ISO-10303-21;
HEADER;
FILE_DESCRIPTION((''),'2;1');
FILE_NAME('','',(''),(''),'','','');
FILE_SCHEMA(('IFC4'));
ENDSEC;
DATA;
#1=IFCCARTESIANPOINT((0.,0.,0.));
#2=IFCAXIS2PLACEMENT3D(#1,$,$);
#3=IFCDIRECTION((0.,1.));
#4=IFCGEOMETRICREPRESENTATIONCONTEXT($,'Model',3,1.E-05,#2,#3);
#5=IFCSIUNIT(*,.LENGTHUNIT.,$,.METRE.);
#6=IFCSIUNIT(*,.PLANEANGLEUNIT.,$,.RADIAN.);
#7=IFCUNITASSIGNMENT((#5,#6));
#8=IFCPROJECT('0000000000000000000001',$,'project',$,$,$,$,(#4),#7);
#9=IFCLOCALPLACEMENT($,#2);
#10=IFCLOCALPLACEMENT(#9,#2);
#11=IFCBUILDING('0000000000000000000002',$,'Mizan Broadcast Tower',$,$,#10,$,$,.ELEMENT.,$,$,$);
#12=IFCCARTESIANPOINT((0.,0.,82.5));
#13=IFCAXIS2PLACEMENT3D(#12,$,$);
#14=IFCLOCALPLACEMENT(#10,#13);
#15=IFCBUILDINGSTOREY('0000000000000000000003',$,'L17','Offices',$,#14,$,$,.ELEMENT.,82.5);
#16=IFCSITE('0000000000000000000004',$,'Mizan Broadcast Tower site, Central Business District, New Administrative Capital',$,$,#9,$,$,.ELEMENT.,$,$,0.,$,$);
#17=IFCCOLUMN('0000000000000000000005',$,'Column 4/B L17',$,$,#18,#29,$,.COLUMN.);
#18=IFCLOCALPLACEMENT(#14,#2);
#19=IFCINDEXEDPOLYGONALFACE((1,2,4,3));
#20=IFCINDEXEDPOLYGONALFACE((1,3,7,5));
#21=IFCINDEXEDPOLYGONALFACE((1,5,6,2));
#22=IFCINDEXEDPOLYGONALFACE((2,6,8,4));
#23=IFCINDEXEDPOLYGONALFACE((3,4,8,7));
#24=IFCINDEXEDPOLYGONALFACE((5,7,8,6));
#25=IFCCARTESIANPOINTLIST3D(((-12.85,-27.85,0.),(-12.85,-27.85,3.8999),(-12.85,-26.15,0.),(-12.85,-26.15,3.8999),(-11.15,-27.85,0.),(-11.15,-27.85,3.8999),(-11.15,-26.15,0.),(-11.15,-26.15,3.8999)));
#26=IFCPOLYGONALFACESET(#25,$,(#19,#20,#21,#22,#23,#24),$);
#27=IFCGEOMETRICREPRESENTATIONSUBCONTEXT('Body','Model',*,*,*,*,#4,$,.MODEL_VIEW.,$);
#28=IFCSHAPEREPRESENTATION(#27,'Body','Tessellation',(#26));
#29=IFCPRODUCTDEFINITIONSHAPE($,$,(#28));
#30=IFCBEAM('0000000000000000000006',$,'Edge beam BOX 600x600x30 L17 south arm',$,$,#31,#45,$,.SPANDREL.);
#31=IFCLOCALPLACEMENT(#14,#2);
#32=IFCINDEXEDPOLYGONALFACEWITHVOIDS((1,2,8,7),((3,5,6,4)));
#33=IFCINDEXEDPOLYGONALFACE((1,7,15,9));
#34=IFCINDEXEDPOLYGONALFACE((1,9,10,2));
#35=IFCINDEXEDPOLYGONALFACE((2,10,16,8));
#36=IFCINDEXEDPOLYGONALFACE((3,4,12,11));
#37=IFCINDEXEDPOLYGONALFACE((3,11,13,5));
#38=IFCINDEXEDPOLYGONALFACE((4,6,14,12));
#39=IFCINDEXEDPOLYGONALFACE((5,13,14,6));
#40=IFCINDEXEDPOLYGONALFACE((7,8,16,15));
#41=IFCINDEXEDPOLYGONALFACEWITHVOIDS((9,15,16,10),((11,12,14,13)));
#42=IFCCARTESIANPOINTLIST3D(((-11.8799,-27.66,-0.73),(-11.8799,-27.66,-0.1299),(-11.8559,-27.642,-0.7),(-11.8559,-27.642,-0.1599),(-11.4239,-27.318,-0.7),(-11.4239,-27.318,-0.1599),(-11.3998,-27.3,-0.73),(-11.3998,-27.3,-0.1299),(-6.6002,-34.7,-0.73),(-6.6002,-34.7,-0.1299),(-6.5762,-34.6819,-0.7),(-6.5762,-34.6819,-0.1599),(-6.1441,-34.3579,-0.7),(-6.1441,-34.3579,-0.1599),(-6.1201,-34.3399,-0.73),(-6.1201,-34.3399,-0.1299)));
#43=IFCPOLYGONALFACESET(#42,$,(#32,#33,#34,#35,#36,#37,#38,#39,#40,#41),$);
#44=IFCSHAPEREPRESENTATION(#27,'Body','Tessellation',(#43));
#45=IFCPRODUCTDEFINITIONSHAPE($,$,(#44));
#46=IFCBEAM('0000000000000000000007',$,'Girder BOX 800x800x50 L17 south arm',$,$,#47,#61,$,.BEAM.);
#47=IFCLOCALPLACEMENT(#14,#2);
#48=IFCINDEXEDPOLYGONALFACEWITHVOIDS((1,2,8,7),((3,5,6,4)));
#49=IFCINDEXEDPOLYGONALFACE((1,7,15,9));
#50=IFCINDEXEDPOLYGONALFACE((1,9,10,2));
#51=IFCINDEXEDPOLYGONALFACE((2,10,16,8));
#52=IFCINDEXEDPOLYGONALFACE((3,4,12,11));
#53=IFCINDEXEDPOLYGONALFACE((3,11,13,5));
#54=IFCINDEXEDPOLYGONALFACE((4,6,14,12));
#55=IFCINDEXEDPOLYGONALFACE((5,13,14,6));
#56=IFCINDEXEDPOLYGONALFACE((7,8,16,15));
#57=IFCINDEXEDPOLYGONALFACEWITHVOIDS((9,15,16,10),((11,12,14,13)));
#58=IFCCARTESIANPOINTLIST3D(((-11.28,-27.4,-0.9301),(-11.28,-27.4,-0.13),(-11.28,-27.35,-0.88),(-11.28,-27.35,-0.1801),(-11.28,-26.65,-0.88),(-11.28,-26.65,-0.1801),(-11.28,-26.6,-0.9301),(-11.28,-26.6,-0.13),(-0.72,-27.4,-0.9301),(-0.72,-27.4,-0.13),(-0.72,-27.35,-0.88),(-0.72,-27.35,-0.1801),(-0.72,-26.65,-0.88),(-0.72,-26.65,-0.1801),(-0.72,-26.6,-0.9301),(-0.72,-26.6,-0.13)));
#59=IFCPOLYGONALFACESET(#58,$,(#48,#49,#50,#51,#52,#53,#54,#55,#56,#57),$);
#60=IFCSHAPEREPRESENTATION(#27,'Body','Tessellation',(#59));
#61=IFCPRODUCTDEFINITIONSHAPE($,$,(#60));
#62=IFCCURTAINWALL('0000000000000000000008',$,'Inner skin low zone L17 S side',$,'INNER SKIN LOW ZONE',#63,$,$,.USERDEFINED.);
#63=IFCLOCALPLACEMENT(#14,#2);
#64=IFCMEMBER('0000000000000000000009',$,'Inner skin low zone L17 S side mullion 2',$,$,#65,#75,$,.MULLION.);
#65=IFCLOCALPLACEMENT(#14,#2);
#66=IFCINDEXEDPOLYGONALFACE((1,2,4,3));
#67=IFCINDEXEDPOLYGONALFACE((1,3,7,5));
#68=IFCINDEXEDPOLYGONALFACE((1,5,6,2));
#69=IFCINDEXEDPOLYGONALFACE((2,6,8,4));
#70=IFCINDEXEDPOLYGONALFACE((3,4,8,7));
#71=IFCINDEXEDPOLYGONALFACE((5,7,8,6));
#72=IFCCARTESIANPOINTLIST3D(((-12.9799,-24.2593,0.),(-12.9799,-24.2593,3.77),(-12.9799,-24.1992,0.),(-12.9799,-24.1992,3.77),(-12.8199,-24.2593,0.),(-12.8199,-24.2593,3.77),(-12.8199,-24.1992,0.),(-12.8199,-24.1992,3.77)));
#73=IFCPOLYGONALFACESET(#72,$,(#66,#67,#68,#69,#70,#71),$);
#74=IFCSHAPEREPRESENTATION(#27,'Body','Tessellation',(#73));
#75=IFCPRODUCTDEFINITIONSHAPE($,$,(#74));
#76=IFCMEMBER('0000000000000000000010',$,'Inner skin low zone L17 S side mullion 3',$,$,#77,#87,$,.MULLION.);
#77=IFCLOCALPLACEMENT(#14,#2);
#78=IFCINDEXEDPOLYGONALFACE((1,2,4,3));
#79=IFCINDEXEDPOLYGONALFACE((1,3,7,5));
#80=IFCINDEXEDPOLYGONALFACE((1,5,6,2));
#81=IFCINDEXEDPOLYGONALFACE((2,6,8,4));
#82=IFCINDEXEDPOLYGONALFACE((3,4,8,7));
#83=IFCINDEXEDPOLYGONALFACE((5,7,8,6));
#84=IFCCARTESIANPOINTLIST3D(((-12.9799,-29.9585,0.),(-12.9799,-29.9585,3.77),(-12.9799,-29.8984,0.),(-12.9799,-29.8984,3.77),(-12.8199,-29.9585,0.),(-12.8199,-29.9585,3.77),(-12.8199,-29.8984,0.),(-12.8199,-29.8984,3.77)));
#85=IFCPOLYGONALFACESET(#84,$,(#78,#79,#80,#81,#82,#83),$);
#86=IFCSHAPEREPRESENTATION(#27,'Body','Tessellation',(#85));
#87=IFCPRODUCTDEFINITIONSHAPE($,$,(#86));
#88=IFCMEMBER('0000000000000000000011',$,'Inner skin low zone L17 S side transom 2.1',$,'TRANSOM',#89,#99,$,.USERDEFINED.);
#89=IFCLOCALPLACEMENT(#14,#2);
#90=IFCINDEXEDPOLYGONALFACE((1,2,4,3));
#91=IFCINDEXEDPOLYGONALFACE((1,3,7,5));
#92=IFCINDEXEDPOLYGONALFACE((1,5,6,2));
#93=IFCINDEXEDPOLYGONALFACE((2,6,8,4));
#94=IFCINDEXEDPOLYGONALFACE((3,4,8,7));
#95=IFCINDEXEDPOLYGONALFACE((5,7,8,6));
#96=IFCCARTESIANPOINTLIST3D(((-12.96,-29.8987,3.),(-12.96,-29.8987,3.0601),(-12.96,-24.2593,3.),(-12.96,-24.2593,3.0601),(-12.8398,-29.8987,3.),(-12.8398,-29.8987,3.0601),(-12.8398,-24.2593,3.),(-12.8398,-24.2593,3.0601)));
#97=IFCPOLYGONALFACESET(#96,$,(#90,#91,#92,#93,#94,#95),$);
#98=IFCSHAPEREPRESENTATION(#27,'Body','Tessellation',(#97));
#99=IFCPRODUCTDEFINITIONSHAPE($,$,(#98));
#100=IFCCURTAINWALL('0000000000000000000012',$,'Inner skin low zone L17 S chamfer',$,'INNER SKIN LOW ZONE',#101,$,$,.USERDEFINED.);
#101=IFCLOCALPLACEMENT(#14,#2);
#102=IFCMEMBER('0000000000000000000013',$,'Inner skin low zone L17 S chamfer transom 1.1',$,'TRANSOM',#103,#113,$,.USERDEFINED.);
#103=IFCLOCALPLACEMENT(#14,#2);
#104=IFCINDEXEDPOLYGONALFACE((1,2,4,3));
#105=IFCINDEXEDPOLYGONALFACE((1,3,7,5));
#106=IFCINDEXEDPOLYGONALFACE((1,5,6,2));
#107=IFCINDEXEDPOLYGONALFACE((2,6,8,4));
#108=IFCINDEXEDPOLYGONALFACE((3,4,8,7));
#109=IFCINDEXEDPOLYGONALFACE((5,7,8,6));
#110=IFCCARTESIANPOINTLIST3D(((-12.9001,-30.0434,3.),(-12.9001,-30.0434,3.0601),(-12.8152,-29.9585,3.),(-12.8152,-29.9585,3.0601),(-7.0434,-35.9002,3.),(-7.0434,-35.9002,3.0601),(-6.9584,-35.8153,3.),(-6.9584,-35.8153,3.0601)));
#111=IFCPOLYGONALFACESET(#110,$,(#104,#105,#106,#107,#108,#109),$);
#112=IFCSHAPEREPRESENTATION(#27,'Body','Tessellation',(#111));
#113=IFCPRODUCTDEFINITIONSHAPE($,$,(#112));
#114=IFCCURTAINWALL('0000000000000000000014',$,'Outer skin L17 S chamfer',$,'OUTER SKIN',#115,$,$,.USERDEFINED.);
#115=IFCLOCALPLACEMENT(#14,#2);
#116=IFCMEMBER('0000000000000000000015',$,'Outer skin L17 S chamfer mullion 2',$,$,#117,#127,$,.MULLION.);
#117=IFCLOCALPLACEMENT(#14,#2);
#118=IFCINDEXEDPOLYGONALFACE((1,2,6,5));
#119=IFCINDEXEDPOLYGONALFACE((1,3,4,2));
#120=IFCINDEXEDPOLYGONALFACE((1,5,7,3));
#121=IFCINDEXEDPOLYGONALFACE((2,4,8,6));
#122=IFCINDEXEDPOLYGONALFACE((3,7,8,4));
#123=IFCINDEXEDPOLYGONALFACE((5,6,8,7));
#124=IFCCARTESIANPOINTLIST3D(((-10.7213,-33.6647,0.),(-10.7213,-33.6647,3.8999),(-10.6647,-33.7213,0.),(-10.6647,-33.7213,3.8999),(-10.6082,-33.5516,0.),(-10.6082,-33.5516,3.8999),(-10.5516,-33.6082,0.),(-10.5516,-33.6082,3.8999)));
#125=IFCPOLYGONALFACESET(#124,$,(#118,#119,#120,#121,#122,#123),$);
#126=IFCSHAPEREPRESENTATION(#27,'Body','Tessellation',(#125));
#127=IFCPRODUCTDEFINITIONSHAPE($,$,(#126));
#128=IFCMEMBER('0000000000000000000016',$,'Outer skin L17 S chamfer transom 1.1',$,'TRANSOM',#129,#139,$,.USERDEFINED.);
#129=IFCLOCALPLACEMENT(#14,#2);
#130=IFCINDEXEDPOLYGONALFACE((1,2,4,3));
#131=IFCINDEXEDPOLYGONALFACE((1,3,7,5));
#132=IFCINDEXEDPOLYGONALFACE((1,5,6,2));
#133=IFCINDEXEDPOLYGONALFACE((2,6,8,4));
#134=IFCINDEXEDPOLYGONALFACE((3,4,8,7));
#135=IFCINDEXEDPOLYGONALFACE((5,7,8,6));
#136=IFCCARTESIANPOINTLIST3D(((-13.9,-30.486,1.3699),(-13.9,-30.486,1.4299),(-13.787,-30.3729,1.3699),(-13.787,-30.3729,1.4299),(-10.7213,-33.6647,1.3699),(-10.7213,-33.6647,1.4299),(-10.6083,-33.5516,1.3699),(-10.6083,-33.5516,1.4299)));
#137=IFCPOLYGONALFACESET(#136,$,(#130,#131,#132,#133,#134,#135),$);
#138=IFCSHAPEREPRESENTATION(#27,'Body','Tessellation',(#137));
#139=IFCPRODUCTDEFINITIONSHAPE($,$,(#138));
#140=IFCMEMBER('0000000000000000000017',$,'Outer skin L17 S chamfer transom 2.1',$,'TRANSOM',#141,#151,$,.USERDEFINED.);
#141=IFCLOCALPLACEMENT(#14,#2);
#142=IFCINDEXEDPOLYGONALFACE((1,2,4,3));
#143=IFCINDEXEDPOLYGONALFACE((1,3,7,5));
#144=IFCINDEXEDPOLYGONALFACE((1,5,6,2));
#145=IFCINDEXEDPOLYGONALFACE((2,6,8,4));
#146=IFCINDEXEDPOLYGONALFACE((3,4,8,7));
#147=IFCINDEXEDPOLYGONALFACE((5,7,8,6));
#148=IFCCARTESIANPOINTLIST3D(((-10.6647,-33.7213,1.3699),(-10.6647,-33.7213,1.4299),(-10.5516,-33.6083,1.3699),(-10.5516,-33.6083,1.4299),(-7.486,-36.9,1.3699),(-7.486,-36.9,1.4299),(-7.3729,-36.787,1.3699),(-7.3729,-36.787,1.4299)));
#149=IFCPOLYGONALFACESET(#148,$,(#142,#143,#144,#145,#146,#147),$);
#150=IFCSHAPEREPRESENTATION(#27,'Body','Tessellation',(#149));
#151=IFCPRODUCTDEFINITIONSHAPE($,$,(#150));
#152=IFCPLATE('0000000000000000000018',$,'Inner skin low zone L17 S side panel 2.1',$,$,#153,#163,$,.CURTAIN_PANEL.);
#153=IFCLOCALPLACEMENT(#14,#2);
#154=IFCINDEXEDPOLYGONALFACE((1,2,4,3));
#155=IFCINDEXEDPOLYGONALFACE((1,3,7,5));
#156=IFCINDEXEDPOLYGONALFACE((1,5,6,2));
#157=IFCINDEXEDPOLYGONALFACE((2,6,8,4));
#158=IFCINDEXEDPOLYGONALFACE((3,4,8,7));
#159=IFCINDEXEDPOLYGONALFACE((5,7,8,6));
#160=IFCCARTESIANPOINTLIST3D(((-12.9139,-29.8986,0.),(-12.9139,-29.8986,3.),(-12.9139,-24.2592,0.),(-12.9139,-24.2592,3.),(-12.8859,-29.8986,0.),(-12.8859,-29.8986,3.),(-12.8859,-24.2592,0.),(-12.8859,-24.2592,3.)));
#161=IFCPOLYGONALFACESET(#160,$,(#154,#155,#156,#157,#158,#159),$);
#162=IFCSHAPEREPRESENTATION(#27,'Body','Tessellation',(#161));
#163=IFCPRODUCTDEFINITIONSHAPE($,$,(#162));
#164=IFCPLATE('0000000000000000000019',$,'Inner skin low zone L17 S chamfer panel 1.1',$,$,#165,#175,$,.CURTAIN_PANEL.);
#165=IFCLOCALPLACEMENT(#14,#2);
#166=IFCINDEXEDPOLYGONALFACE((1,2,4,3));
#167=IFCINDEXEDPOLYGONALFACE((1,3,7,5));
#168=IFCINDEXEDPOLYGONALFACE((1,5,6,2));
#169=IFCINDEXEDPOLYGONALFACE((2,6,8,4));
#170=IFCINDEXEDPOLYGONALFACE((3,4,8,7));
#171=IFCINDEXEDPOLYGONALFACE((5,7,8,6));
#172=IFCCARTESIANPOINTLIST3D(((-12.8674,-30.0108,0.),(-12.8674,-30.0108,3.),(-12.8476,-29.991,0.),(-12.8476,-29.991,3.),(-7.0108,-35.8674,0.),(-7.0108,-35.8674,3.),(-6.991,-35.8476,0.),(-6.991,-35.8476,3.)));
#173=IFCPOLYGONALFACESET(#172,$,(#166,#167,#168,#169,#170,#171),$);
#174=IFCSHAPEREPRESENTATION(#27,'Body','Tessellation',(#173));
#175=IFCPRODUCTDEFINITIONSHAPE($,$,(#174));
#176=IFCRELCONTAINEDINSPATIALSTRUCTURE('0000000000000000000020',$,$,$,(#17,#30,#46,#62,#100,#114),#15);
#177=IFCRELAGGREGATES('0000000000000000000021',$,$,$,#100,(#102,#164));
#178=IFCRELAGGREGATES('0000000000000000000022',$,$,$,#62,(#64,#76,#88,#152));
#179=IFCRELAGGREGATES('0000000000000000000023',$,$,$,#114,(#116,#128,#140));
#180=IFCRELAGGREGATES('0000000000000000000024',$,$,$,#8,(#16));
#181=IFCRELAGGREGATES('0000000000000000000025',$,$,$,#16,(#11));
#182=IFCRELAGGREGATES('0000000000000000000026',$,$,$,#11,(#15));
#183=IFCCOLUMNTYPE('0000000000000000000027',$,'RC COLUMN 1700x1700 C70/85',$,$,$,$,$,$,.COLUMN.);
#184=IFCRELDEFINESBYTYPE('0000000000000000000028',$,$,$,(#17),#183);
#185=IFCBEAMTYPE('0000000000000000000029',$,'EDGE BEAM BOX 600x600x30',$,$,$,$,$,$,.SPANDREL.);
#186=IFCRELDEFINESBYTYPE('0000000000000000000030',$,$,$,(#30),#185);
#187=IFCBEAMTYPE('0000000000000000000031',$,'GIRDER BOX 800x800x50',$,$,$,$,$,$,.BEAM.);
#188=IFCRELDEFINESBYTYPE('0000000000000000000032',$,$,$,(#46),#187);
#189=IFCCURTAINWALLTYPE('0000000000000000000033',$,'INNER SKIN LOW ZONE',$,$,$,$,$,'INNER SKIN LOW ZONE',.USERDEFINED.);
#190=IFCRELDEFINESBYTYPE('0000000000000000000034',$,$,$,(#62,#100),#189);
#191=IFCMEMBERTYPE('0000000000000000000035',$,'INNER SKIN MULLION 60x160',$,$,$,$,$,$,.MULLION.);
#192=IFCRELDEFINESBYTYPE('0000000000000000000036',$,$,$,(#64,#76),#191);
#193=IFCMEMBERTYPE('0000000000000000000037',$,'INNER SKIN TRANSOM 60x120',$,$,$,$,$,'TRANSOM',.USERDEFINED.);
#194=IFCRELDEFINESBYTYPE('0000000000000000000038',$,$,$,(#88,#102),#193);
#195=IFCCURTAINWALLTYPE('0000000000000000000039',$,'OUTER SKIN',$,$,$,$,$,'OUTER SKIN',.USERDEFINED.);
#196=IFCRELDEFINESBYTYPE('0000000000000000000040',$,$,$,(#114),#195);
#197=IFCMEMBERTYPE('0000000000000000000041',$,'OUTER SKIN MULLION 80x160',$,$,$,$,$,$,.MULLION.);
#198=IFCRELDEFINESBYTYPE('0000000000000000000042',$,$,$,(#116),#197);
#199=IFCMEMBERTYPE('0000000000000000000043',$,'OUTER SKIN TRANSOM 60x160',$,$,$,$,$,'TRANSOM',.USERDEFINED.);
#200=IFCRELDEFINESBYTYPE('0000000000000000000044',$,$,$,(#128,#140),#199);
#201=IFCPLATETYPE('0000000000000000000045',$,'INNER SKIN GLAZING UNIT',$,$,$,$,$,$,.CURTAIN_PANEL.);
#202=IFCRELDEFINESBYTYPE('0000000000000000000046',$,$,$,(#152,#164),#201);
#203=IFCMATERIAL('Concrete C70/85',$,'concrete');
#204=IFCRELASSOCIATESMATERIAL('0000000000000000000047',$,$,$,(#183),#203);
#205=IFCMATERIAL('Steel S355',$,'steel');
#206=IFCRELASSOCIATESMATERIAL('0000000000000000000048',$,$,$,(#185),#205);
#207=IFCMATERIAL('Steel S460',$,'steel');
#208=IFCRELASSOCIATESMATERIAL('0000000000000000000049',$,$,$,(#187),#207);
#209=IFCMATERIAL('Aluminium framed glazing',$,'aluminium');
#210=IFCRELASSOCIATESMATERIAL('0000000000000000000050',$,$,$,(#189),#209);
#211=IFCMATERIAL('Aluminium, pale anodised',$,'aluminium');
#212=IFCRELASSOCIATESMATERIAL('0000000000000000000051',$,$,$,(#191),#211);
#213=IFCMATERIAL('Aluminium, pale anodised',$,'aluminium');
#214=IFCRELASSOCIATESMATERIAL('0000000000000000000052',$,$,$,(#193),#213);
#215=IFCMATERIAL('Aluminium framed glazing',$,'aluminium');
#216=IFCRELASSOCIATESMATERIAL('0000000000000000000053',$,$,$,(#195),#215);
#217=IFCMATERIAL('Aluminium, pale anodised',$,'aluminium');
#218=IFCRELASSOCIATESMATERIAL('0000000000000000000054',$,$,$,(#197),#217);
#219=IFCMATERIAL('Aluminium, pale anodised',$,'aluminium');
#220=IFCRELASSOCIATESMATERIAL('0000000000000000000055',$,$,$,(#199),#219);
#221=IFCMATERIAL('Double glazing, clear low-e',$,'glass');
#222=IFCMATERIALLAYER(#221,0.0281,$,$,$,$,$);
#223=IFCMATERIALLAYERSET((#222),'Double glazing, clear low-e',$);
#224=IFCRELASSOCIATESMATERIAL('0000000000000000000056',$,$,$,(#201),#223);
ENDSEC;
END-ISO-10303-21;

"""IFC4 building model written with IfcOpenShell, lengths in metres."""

from ifc_helpers import new_model, si_unit, direction, frame, origin, origin_2d, place, context, subcontext, project, spatial, rectangle, hollow_rectangle, extrude, material, layer, layer_set, material_profile, profile_set, type_object, element, aggregate, save


model = new_model("IFC4")

# Units and contexts
model_context = context("Model", 3, precision=1e-05, world=origin(), true_north=direction((0.0, 1.0)))
body_context = subcontext(model_context, "Body", "Model", "MODEL_VIEW")
ifc_project = project(units=[si_unit("LENGTHUNIT", "METRE"), si_unit("PLANEANGLEUNIT", "RADIAN")], contexts=[model_context])

# Site, building, storey
site_placement = place(None, origin())
site = spatial("IfcSite", under=ifc_project, at=site_placement, Name="Mizan Broadcast Tower site, Central Business District, New Administrative Capital", CompositionType="ELEMENT", RefElevation=0.0)
building_placement = place(site_placement, origin())
building = spatial("IfcBuilding", under=site, at=building_placement, Name="Mizan Broadcast Tower", CompositionType="ELEMENT")
storey_placement = place(building_placement, frame((0.0, 0.0, 82.5)))
storey = spatial("IfcBuildingStorey", under=building, at=storey_placement, Name="L17", Description="Offices", CompositionType="ELEMENT", Elevation=82.5)

# Column
ifc_material_1 = material(Name="Concrete C70/85", Category="concrete")
ifc_material_profile_1 = material_profile(ifc_material_1, rectangle(XDim=1.7, YDim=1.7, at=origin_2d()), Name="RC 1700x1700")
ifc_profile_set_1 = profile_set([ifc_material_profile_1], Name="Concrete C70/85")
column_type = type_object("IfcColumnType", Name="RC COLUMN 1700x1700 C70/85", PredefinedType="COLUMN", material=ifc_profile_set_1)
column_placement = place(storey_placement, frame((-12.0, -27.0, 0.0), z_axis=(0.0, 0.0, 1.0), x_axis=(1.0, 0.0, 0.0)))
element("IfcColumn", 1, at=column_placement, inside=storey, type_object=column_type, Name="Column 4/B L17", PredefinedType="COLUMN", context=body_context, shape_type="SweptSolid", body=[
    extrude(rectangle(XDim=1.7, YDim=1.7, at=origin_2d()), origin(), (0.0, 0.0, 1.0), 3.8999),
])

# Beams
ifc_material_2 = material(Name="Steel S355", Category="steel")
ifc_material_profile_2 = material_profile(ifc_material_2, hollow_rectangle(XDim=0.6001, YDim=0.6001, WallThickness=0.03, at=origin_2d()), Name="BOX 600x600x30")
ifc_profile_set_2 = profile_set([ifc_material_profile_2], Name="Steel S355")
beam_type_1 = type_object("IfcBeamType", Name="EDGE BEAM BOX 600x600x30", PredefinedType="SPANDREL", material=ifc_profile_set_2)
beam_1_placement = place(storey_placement, frame((-11.6399, -27.48, -0.4299), z_axis=(0.599982, -0.800013, 0.0), x_axis=(0.800013, 0.599982, 0.0)))
element("IfcBeam", 2, at=beam_1_placement, inside=storey, type_object=beam_type_1, Name="Edge beam BOX 600x600x30 L17 south arm", PredefinedType="SPANDREL", context=body_context, shape_type="SweptSolid", body=[
    extrude(hollow_rectangle(XDim=0.6001, YDim=0.6001, WallThickness=0.03, at=origin_2d()), origin(), (0.0, 0.0, 1.0), 8.7998),
])
ifc_material_3 = material(Name="Steel S460", Category="steel")
ifc_material_profile_3 = material_profile(ifc_material_3, hollow_rectangle(XDim=0.8, YDim=0.8, WallThickness=0.05, at=origin_2d()), Name="BOX 800x800x50")
ifc_profile_set_3 = profile_set([ifc_material_profile_3], Name="Steel S460")
beam_type_2 = type_object("IfcBeamType", Name="GIRDER BOX 800x800x50", PredefinedType="BEAM", material=ifc_profile_set_3)
beam_2_placement = place(storey_placement, frame((-11.28, -27.0, -0.53), z_axis=(1.0, 0.0, 0.0), x_axis=(0.0, 1.0, 0.0)))
element("IfcBeam", 3, at=beam_2_placement, inside=storey, type_object=beam_type_2, Name="Girder BOX 800x800x50 L17 south arm", PredefinedType="BEAM", context=body_context, shape_type="SweptSolid", body=[
    extrude(hollow_rectangle(XDim=0.8, YDim=0.8, WallThickness=0.05, at=origin_2d()), origin(), (0.0, 0.0, 1.0), 10.5601),
])

# Curtain wall, members
ifc_material_4 = material(Name="Aluminium framed glazing", Category="aluminium")
curtain_wall_type_1 = type_object("IfcCurtainWallType", Name="INNER SKIN LOW ZONE", ElementType="INNER SKIN LOW ZONE", PredefinedType="USERDEFINED", material=ifc_material_4)
curtain_wall_1_placement = place(storey_placement, origin())
curtain_wall_1 = element("IfcCurtainWall", 4, at=curtain_wall_1_placement, inside=storey, type_object=curtain_wall_type_1, Name="Inner skin low zone L17 S side", ObjectType="INNER SKIN LOW ZONE", PredefinedType="USERDEFINED")
ifc_material_5 = material(Name="Aluminium, pale anodised", Category="aluminium")
ifc_material_profile_4 = material_profile(ifc_material_5, rectangle(XDim=0.1599, YDim=0.0601, at=origin_2d()), Name="MULLION 160x60")
ifc_profile_set_4 = profile_set([ifc_material_profile_4], Name="Aluminium, pale anodised")
member_type_1 = type_object("IfcMemberType", Name="INNER SKIN MULLION 60x160", PredefinedType="MULLION", material=ifc_profile_set_4)
member_1_placement = place(storey_placement, frame((-12.8999, -24.2292, 0.0), z_axis=(0.0, 0.0, 1.0), x_axis=(1.0, 0.0, 0.0)))
member_1 = element("IfcMember", 5, at=member_1_placement, type_object=member_type_1, Name="Inner skin low zone L17 S side mullion 2", PredefinedType="MULLION", context=body_context, shape_type="SweptSolid", body=[
    extrude(rectangle(XDim=0.1599, YDim=0.0601, at=origin_2d()), origin(), (0.0, 0.0, 1.0), 3.77),
])
member_2_placement = place(storey_placement, frame((-12.8999, -29.9285, 0.0), z_axis=(0.0, 0.0, 1.0), x_axis=(1.0, 0.0, 0.0)))
member_2 = element("IfcMember", 6, at=member_2_placement, type_object=member_type_1, Name="Inner skin low zone L17 S side mullion 3", PredefinedType="MULLION", context=body_context, shape_type="SweptSolid", body=[
    extrude(rectangle(XDim=0.1599, YDim=0.0601, at=origin_2d()), origin(), (0.0, 0.0, 1.0), 3.77),
])
ifc_material_6 = material(Name="Aluminium, pale anodised", Category="aluminium")
ifc_material_profile_5 = material_profile(ifc_material_6, rectangle(XDim=0.1201, YDim=0.0601, at=origin_2d()), Name="TRANSOM 120x60")
ifc_profile_set_5 = profile_set([ifc_material_profile_5], Name="Aluminium, pale anodised")
member_type_2 = type_object("IfcMemberType", Name="INNER SKIN TRANSOM 60x120", ElementType="TRANSOM", PredefinedType="USERDEFINED", material=ifc_profile_set_5)
member_3_placement = place(storey_placement, frame((-12.8999, -24.2593, 3.03), z_axis=(0.0, -1.0, 0.0), x_axis=(1.0, 0.0, 0.0)))
member_3 = element("IfcMember", 7, at=member_3_placement, type_object=member_type_2, Name="Inner skin low zone L17 S side transom 2.1", ObjectType="TRANSOM", PredefinedType="USERDEFINED", context=body_context, shape_type="SweptSolid", body=[
    extrude(rectangle(XDim=0.1201, YDim=0.0601, at=origin_2d()), origin(), (0.0, 0.0, 1.0), 5.6394),
])

# Curtain wall, member
curtain_wall_2_placement = place(storey_placement, origin())
curtain_wall_2 = element("IfcCurtainWall", 8, at=curtain_wall_2_placement, inside=storey, type_object=curtain_wall_type_1, Name="Inner skin low zone L17 S chamfer", ObjectType="INNER SKIN LOW ZONE", PredefinedType="USERDEFINED")
member_4_placement = place(storey_placement, frame((-12.8577, -30.001, 3.03), z_axis=(0.707107, -0.707107, 0.0), x_axis=(0.707107, 0.707107, 0.0)))
member_4 = element("IfcMember", 9, at=member_4_placement, type_object=member_type_2, Name="Inner skin low zone L17 S chamfer transom 1.1", ObjectType="TRANSOM", PredefinedType="USERDEFINED", context=body_context, shape_type="SweptSolid", body=[
    extrude(rectangle(XDim=0.1201, YDim=0.0601, at=origin_2d()), origin(), (0.0, 0.0, 1.0), 8.2827),
])

# Curtain wall, members
ifc_material_7 = material(Name="Aluminium framed glazing", Category="aluminium")
curtain_wall_type_2 = type_object("IfcCurtainWallType", Name="OUTER SKIN", ElementType="OUTER SKIN", PredefinedType="USERDEFINED", material=ifc_material_7)
curtain_wall_3_placement = place(storey_placement, origin())
curtain_wall_3 = element("IfcCurtainWall", 10, at=curtain_wall_3_placement, inside=storey, type_object=curtain_wall_type_2, Name="Outer skin L17 S chamfer", ObjectType="OUTER SKIN", PredefinedType="USERDEFINED")
ifc_material_8 = material(Name="Aluminium, pale anodised", Category="aluminium")
ifc_material_profile_6 = material_profile(ifc_material_8, rectangle(XDim=0.1599, YDim=0.0801, at=origin_2d()), Name="MULLION 160x80")
ifc_profile_set_6 = profile_set([ifc_material_profile_6], Name="Aluminium, pale anodised")
member_type_3 = type_object("IfcMemberType", Name="OUTER SKIN MULLION 80x160", PredefinedType="MULLION", material=ifc_profile_set_6)
member_5_placement = place(storey_placement, frame((-10.6365, -33.6365, 0.0), z_axis=(0.0, 0.0, 1.0), x_axis=(0.707107, 0.707107, 0.0)))
member_5 = element("IfcMember", 11, at=member_5_placement, type_object=member_type_3, Name="Outer skin L17 S chamfer mullion 2", PredefinedType="MULLION", context=body_context, shape_type="SweptSolid", body=[
    extrude(rectangle(XDim=0.1599, YDim=0.0801, at=origin_2d()), origin(), (0.0, 0.0, 1.0), 3.8999),
])
ifc_material_9 = material(Name="Aluminium, pale anodised", Category="aluminium")
ifc_material_profile_7 = material_profile(ifc_material_9, rectangle(XDim=0.1599, YDim=0.0601, at=origin_2d()), Name="TRANSOM 160x60")
ifc_profile_set_7 = profile_set([ifc_material_profile_7], Name="Aluminium, pale anodised")
member_type_4 = type_object("IfcMemberType", Name="OUTER SKIN TRANSOM 60x160", ElementType="TRANSOM", PredefinedType="USERDEFINED", material=ifc_profile_set_7)
member_6_placement = place(storey_placement, frame((-13.8435, -30.4294, 1.3999), z_axis=(0.707107, -0.707107, 0.0), x_axis=(0.707107, 0.707107, 0.0)))
member_6 = element("IfcMember", 12, at=member_6_placement, type_object=member_type_4, Name="Outer skin L17 S chamfer transom 1.1", ObjectType="TRANSOM", PredefinedType="USERDEFINED", context=body_context, shape_type="SweptSolid", body=[
    extrude(rectangle(XDim=0.1599, YDim=0.0601, at=origin_2d()), origin(), (0.0, 0.0, 1.0), 4.4954),
])
member_7_placement = place(storey_placement, frame((-10.6082, -33.6648, 1.3999), z_axis=(0.707107, -0.707107, 0.0), x_axis=(0.707107, 0.707107, 0.0)))
member_7 = element("IfcMember", 13, at=member_7_placement, type_object=member_type_4, Name="Outer skin L17 S chamfer transom 2.1", ObjectType="TRANSOM", PredefinedType="USERDEFINED", context=body_context, shape_type="SweptSolid", body=[
    extrude(rectangle(XDim=0.1599, YDim=0.0601, at=origin_2d()), origin(), (0.0, 0.0, 1.0), 4.4954),
])

# Plates
ifc_material_10 = material(Name="Double glazing, clear low-e", Category="glass")
ifc_layer_1 = layer(ifc_material_10, 0.0281)
ifc_layer_set_1 = layer_set([ifc_layer_1], Name="Double glazing, clear low-e")
plate_type_1 = type_object("IfcPlateType", Name="INNER SKIN GLAZING UNIT", PredefinedType="CURTAIN_PANEL", material=ifc_layer_set_1)
plate_1_placement = place(storey_placement, frame((-12.8999, -27.0789, 0.0), z_axis=(0.0, 0.0, 1.0), x_axis=(0.0, -1.0, 0.0)))
plate_1 = element("IfcPlate", 14, at=plate_1_placement, type_object=plate_type_1, Name="Inner skin low zone L17 S side panel 2.1", PredefinedType="CURTAIN_PANEL", context=body_context, shape_type="SweptSolid", body=[
    extrude(rectangle(XDim=5.6394, YDim=0.0281, at=origin_2d()), origin(), (0.0, 0.0, 1.0), 3.0),
])
plate_2_placement = place(storey_placement, frame((-9.9292, -32.9292, 0.0), z_axis=(0.0, 0.0, 1.0), x_axis=(0.707107, -0.707107, 0.0)))
plate_2 = element("IfcPlate", 15, at=plate_2_placement, type_object=plate_type_1, Name="Inner skin low zone L17 S chamfer panel 1.1", PredefinedType="CURTAIN_PANEL", context=body_context, shape_type="SweptSolid", body=[
    extrude(rectangle(XDim=8.2825, YDim=0.0281, at=origin_2d()), origin(), (0.0, 0.0, 1.0), 3.0),
])
aggregate(curtain_wall_2, [member_4, plate_2])
aggregate(curtain_wall_1, [member_1, member_2, member_3, plate_1])
aggregate(curtain_wall_3, [member_5, member_6, member_7])

save(model, "model.ifc")
